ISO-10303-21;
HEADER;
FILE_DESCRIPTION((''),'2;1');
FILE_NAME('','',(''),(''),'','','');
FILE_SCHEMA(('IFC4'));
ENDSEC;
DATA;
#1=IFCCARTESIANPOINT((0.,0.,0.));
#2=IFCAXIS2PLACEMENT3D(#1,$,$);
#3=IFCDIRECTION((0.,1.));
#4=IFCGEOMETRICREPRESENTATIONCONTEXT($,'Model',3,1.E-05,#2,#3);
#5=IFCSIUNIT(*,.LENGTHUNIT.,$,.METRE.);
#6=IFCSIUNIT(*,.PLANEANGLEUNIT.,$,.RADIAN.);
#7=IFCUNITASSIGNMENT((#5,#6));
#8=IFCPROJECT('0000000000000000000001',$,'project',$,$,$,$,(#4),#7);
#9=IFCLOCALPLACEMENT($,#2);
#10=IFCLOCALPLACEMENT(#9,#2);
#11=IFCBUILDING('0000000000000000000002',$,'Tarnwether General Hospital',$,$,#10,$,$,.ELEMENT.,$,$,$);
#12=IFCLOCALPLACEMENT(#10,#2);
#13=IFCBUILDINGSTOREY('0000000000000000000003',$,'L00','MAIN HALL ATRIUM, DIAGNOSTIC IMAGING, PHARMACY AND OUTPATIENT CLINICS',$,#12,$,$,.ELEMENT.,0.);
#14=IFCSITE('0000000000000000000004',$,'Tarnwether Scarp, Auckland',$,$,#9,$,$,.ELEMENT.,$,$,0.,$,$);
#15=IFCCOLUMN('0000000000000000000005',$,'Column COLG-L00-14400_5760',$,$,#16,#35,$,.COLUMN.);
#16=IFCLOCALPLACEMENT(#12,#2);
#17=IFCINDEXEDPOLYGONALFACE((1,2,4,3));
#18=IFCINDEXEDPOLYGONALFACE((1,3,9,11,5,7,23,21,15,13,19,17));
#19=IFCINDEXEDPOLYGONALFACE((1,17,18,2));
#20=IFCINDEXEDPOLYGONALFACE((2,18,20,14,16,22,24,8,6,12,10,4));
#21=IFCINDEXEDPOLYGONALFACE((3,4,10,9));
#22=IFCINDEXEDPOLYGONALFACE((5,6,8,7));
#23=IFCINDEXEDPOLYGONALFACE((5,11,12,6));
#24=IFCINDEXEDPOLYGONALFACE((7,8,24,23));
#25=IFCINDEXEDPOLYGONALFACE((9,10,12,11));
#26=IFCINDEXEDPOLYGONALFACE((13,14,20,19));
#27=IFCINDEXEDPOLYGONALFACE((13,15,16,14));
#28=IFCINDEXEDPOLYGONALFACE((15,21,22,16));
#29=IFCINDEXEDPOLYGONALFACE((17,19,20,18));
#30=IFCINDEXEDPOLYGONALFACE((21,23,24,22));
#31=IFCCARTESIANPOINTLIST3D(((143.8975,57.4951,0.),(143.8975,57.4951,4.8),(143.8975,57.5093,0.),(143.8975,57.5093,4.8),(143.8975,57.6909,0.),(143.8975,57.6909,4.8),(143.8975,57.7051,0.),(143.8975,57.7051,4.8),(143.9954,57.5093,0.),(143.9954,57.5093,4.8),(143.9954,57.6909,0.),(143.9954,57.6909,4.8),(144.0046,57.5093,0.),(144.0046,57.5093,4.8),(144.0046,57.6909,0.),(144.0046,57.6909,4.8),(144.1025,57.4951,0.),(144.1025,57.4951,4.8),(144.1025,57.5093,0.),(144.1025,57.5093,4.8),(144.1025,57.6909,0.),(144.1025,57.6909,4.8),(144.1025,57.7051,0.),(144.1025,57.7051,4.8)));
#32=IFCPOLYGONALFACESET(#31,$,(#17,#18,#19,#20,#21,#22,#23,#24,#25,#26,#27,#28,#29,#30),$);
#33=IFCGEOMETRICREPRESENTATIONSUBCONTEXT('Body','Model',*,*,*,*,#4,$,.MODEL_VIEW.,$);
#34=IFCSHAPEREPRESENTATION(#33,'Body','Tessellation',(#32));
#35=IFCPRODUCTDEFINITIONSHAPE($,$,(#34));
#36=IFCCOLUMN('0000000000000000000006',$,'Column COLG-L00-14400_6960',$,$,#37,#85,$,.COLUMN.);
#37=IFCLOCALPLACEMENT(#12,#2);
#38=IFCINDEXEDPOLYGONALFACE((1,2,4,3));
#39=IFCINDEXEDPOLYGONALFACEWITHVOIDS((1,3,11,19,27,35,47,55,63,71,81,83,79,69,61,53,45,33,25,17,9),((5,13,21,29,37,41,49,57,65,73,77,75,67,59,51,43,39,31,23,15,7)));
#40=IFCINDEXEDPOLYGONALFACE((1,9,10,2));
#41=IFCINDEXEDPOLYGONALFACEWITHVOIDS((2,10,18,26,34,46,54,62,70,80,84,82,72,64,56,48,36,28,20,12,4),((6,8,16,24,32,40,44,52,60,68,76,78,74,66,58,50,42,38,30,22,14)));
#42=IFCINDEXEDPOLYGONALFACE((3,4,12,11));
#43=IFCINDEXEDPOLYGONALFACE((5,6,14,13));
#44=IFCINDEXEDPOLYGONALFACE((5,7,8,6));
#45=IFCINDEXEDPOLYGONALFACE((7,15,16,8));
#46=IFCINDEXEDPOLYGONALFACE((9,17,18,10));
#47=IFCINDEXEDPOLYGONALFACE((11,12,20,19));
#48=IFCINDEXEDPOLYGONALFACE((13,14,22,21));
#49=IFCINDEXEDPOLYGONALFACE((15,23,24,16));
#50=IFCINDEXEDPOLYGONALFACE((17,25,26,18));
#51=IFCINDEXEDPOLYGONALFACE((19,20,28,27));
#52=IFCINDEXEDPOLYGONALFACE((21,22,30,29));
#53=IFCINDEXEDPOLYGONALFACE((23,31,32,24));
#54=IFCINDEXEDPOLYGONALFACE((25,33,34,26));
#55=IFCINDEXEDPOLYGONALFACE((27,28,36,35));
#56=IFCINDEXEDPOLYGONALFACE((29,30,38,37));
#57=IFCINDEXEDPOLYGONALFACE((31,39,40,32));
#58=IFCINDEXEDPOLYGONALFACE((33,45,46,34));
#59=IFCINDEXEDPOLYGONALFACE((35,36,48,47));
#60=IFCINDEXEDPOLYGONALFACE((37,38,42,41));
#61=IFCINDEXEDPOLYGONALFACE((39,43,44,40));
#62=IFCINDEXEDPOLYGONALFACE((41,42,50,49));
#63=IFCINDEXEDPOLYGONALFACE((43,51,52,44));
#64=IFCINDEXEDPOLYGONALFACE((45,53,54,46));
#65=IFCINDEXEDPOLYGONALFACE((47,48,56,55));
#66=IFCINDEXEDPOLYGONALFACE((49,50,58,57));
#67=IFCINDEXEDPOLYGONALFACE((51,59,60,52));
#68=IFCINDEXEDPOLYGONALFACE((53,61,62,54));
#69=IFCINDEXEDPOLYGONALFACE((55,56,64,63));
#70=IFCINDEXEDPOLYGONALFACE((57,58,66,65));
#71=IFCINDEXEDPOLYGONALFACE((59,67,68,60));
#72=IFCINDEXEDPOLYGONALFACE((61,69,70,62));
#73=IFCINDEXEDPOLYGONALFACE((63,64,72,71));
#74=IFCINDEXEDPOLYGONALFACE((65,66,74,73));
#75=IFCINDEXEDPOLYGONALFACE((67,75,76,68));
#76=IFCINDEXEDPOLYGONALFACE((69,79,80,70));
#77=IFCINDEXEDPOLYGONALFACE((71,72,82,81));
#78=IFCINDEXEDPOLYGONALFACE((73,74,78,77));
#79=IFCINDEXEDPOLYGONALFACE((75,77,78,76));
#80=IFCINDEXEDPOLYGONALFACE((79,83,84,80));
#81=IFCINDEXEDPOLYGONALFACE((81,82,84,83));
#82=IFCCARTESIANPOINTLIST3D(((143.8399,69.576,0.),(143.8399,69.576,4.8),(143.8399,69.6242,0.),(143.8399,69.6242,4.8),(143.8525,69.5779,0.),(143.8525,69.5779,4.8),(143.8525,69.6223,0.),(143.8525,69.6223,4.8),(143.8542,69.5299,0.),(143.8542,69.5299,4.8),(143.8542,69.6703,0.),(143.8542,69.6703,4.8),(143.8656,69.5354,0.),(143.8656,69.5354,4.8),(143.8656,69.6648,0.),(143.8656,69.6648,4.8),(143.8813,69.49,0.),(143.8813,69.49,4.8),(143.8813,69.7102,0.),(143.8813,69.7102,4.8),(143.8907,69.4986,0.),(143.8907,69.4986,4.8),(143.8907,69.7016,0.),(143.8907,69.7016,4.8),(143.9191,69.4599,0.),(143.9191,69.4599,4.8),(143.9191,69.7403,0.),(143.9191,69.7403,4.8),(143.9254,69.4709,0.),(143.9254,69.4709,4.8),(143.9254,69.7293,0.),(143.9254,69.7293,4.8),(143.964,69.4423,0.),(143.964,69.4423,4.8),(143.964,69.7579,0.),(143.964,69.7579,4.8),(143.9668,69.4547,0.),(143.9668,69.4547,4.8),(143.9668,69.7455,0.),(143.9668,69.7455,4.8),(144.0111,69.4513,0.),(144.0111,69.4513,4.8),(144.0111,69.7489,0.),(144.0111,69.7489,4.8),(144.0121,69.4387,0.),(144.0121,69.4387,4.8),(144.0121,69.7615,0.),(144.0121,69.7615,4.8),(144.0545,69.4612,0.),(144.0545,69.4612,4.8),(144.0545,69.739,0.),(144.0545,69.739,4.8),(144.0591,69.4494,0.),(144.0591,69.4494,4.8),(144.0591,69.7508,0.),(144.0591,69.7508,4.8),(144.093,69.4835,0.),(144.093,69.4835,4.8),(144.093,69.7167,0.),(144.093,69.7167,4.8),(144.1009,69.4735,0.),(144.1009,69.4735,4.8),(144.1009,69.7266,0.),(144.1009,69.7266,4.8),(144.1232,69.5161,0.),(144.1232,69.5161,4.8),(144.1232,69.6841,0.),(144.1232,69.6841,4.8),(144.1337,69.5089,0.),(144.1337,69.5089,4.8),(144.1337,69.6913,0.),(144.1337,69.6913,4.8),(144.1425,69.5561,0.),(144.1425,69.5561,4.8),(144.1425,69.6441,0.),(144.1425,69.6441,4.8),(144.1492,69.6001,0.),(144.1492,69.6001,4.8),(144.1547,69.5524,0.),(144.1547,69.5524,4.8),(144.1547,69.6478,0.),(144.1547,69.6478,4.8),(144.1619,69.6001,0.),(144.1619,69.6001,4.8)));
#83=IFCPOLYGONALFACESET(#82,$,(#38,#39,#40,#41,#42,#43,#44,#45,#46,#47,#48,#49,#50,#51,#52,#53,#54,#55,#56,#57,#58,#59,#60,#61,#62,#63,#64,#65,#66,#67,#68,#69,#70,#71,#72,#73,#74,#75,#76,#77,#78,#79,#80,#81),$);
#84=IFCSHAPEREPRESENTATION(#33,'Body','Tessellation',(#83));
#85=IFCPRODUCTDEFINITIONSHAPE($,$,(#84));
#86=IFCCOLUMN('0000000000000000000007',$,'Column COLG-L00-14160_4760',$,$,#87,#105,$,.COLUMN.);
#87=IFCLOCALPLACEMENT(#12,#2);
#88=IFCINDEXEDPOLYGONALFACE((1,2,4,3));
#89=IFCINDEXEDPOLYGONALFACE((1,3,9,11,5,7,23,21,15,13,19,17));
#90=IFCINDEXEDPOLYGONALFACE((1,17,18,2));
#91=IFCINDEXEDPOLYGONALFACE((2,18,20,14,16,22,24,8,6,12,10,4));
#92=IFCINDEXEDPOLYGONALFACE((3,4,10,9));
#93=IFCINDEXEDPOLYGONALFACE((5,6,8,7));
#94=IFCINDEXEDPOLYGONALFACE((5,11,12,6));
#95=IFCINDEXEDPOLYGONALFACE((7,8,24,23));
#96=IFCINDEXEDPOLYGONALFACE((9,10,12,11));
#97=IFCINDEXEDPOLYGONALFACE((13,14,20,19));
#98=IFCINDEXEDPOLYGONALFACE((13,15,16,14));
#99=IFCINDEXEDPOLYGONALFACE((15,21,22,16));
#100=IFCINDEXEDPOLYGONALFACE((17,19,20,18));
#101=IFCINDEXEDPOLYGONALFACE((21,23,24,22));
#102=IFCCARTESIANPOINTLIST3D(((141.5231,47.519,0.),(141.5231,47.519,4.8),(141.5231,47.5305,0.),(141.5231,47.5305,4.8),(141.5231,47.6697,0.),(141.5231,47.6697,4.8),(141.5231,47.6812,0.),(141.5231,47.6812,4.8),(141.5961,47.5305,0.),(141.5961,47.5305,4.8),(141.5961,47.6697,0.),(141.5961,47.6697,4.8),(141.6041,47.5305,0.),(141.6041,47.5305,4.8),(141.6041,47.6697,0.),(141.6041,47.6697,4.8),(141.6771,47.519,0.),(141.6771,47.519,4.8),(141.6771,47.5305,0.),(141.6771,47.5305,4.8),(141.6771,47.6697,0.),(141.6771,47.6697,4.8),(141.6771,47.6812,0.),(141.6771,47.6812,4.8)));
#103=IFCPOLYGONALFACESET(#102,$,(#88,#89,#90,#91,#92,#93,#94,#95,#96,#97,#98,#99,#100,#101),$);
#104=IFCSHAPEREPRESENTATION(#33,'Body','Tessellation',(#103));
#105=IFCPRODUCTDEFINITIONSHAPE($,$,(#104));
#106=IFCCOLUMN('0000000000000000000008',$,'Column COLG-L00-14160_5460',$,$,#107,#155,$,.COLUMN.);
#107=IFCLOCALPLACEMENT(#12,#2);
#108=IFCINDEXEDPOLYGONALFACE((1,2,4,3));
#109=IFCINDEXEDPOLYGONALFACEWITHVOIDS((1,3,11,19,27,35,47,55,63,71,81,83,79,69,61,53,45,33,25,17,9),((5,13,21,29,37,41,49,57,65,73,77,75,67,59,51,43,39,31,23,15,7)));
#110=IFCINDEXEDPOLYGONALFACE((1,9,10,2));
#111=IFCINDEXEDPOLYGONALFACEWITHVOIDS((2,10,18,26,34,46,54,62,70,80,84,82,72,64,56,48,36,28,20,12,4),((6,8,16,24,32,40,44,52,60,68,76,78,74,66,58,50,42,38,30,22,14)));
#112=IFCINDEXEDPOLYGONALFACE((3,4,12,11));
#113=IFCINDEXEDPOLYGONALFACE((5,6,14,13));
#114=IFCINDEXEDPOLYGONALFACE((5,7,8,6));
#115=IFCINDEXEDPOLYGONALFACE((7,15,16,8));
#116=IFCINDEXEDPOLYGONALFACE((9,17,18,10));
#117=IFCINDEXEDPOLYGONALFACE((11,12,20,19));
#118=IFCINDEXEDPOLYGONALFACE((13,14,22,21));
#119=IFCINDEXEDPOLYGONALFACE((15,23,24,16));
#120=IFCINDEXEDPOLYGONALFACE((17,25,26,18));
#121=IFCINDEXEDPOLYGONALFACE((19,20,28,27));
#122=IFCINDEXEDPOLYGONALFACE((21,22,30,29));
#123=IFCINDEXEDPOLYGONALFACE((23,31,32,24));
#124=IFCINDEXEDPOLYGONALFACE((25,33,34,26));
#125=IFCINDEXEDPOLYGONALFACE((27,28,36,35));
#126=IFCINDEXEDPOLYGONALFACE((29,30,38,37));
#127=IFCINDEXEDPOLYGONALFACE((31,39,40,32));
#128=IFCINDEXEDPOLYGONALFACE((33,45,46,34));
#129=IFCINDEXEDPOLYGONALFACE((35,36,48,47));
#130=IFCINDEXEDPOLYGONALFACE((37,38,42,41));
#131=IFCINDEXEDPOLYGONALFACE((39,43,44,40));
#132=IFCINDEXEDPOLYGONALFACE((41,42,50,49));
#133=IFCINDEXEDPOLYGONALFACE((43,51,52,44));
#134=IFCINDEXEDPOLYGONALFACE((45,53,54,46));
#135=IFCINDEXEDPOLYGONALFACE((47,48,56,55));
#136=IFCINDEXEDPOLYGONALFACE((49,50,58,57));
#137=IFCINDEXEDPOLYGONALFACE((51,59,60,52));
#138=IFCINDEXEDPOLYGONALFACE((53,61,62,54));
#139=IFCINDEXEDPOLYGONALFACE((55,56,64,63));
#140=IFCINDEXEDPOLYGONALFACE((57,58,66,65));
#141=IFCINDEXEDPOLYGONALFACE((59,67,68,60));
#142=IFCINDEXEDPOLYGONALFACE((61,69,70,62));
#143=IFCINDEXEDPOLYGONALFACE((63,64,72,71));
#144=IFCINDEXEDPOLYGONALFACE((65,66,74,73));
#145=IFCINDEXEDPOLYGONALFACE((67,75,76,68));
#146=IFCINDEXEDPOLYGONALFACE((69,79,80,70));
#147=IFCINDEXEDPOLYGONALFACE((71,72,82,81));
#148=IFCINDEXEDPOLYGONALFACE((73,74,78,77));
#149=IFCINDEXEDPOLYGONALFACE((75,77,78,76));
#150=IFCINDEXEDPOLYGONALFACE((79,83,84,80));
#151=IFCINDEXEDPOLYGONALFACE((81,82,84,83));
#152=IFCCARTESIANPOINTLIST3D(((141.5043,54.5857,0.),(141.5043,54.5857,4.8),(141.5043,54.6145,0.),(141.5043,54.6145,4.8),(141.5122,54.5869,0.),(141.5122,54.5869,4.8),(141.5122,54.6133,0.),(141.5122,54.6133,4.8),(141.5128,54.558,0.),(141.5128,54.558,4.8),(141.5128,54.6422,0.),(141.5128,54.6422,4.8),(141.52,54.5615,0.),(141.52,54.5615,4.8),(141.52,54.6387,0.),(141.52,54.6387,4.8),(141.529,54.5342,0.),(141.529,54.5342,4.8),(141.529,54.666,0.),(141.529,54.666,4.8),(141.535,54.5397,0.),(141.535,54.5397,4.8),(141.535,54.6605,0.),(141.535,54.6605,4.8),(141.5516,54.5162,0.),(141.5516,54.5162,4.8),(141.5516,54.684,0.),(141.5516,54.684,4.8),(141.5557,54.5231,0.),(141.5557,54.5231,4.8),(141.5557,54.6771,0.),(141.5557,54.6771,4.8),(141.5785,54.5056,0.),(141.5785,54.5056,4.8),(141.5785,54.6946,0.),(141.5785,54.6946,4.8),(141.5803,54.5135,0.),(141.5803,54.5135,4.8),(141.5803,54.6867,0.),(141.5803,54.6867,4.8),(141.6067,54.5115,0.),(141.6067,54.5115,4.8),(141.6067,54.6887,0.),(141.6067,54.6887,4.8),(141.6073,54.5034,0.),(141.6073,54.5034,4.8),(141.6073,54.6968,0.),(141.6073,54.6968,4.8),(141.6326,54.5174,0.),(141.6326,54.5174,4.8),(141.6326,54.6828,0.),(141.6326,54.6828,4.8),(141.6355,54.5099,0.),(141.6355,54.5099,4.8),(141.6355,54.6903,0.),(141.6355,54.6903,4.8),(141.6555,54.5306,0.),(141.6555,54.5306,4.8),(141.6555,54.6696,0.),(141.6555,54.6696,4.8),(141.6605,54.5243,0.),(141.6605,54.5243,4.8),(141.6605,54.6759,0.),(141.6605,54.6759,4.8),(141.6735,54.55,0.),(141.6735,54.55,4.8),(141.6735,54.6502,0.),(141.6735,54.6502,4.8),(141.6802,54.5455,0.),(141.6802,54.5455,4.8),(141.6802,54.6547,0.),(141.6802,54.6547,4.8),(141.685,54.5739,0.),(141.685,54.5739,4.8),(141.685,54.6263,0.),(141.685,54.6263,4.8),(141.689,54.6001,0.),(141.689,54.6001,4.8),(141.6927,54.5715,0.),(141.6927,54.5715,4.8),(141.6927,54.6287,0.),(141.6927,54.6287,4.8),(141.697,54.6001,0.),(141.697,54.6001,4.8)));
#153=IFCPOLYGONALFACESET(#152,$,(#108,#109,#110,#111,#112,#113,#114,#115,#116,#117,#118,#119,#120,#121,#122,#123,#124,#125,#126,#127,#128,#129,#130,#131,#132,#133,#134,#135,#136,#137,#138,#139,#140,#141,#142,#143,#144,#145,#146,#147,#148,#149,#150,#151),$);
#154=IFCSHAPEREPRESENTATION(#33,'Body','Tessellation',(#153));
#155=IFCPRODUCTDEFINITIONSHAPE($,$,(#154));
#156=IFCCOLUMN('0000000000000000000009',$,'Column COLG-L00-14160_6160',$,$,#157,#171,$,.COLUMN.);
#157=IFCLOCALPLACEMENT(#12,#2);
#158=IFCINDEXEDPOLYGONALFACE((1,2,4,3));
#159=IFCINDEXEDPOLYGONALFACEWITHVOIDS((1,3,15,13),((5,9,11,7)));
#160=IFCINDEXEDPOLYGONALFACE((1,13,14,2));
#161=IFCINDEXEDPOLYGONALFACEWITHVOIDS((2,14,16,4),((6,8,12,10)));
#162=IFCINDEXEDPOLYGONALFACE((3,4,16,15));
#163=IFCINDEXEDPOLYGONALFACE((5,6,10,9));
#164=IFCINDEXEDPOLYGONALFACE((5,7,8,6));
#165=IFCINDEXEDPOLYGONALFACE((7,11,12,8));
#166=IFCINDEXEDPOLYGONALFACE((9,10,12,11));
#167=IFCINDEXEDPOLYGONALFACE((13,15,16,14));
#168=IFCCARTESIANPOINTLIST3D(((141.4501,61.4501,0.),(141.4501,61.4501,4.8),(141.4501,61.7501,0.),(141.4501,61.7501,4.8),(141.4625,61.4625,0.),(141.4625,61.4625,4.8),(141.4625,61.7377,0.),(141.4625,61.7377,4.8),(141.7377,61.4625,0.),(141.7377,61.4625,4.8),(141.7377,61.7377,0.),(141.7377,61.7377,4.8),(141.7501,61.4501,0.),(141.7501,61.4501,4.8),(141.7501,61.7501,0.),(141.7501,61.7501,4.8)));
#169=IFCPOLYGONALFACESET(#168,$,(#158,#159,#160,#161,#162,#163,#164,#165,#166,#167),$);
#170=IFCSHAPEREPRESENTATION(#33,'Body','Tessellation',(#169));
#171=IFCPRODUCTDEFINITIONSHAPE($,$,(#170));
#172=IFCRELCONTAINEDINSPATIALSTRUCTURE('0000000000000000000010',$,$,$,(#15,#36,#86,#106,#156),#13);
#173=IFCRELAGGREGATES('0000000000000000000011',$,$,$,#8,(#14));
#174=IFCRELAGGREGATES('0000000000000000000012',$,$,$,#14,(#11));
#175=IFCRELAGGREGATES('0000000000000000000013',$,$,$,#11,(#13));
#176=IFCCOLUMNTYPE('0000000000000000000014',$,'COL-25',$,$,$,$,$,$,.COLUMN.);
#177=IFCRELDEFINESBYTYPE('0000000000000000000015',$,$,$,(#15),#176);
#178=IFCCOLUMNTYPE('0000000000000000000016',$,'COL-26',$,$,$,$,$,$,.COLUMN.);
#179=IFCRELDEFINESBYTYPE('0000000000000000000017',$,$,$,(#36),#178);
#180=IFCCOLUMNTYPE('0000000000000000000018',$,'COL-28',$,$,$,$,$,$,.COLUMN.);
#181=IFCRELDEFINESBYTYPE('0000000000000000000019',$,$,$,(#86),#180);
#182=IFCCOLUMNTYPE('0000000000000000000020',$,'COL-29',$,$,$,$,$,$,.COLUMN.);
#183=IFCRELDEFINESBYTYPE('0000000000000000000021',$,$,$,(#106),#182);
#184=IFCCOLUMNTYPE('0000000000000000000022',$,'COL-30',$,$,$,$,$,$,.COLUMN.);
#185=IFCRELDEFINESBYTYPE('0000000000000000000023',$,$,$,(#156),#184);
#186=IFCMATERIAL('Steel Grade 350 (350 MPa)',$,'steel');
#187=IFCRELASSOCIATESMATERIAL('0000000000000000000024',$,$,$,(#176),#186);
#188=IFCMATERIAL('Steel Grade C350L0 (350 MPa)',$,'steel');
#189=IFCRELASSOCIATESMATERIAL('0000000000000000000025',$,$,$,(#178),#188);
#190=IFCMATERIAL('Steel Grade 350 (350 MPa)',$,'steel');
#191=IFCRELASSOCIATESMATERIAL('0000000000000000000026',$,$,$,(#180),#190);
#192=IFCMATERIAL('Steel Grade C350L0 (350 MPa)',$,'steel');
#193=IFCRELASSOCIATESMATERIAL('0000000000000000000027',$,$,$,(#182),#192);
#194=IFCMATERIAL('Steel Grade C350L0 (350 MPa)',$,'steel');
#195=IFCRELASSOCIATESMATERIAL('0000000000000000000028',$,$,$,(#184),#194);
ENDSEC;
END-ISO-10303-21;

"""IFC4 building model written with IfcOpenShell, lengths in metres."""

from ifc_helpers import new_model, si_unit, direction, frame, origin, origin_2d, place, context, subcontext, project, spatial, hollow_rectangle, hollow_circle, i_section, extrude, material, material_profile, profile_set, type_object, element, save


model = new_model("IFC4")

# Units and contexts
model_context = context("Model", 3, precision=1e-05, world=origin(), true_north=direction((0.0, 1.0)))
body_context = subcontext(model_context, "Body", "Model", "MODEL_VIEW")
ifc_project = project(units=[si_unit("LENGTHUNIT", "METRE"), si_unit("PLANEANGLEUNIT", "RADIAN")], contexts=[model_context])

# Site, building, storey
site_placement = place(None, origin())
site = spatial("IfcSite", under=ifc_project, at=site_placement, Name="Tarnwether Scarp, Auckland", CompositionType="ELEMENT", RefElevation=0.0)
building_placement = place(site_placement, origin())
building = spatial("IfcBuilding", under=site, at=building_placement, Name="Tarnwether General Hospital", CompositionType="ELEMENT")
storey_placement = place(building_placement, origin())
storey = spatial("IfcBuildingStorey", under=building, at=storey_placement, Name="L00", Description="MAIN HALL ATRIUM, DIAGNOSTIC IMAGING, PHARMACY AND OUTPATIENT CLINICS", CompositionType="ELEMENT", Elevation=0.0)

# Columns
ifc_material_1 = material(Name="Steel Grade 350 (350 MPa)", Category="steel")
ifc_material_profile_1 = material_profile(ifc_material_1, i_section(OverallWidth=0.2051, OverallDepth=0.21, WebThickness=0.0093, FlangeThickness=0.0142, at=origin_2d()), Name="200UC59.5")
ifc_profile_set_1 = profile_set([ifc_material_profile_1], Name="Steel Grade 350 (350 MPa)")
column_type_1 = type_object("IfcColumnType", Name="COL-25", PredefinedType="COLUMN", material=ifc_profile_set_1)
column_1_placement = place(storey_placement, frame((144.0, 57.6001, 0.0), z_axis=(0.0, 0.0, 1.0), x_axis=(1.0, 0.0, 0.0)))
element("IfcColumn", 1, at=column_1_placement, inside=storey, type_object=column_type_1, Name="Column COLG-L00-14400_5760", PredefinedType="COLUMN", context=body_context, shape_type="SweptSolid", body=[
    extrude(i_section(OverallWidth=0.2051, OverallDepth=0.21, WebThickness=0.0093, FlangeThickness=0.0142, at=origin_2d()), origin(), (0.0, 0.0, 1.0), 4.8),
])
ifc_material_2 = material(Name="Steel Grade C350L0 (350 MPa)", Category="steel")
ifc_material_profile_2 = material_profile(ifc_material_2, hollow_circle(Radius=0.1619, WallThickness=0.0127, at=origin_2d()), Name="CHS323.9x12.7")
ifc_profile_set_2 = profile_set([ifc_material_profile_2], Name="Steel Grade C350L0 (350 MPa)")
column_type_2 = type_object("IfcColumnType", Name="COL-26", PredefinedType="COLUMN", material=ifc_profile_set_2)
column_2_placement = place(storey_placement, frame((144.0, 69.6001, 0.0), z_axis=(0.0, 0.0, 1.0), x_axis=(1.0, 0.0, 0.0)))
element("IfcColumn", 2, at=column_2_placement, inside=storey, type_object=column_type_2, Name="Column COLG-L00-14400_6960", PredefinedType="COLUMN", context=body_context, shape_type="SweptSolid", body=[
    extrude(hollow_circle(Radius=0.1619, WallThickness=0.0127, at=origin_2d()), origin(), (0.0, 0.0, 1.0), 4.8),
])
ifc_material_3 = material(Name="Steel Grade 350 (350 MPa)", Category="steel")
ifc_material_profile_3 = material_profile(ifc_material_3, i_section(OverallWidth=0.1541, OverallDepth=0.1621, WebThickness=0.0081, FlangeThickness=0.0115, at=origin_2d()), Name="150UC37.2")
ifc_profile_set_3 = profile_set([ifc_material_profile_3], Name="Steel Grade 350 (350 MPa)")
column_type_3 = type_object("IfcColumnType", Name="COL-28", PredefinedType="COLUMN", material=ifc_profile_set_3)
column_3_placement = place(storey_placement, frame((141.6001, 47.6001, 0.0), z_axis=(0.0, 0.0, 1.0), x_axis=(1.0, 0.0, 0.0)))
element("IfcColumn", 3, at=column_3_placement, inside=storey, type_object=column_type_3, Name="Column COLG-L00-14160_4760", PredefinedType="COLUMN", context=body_context, shape_type="SweptSolid", body=[
    extrude(i_section(OverallWidth=0.1541, OverallDepth=0.1621, WebThickness=0.0081, FlangeThickness=0.0115, at=origin_2d()), origin(), (0.0, 0.0, 1.0), 4.8),
])
ifc_material_4 = material(Name="Steel Grade C350L0 (350 MPa)", Category="steel")
ifc_material_profile_4 = material_profile(ifc_material_4, hollow_circle(Radius=0.0969, WallThickness=0.0081, at=origin_2d()), Name="CHS193.7x8.0")
ifc_profile_set_4 = profile_set([ifc_material_profile_4], Name="Steel Grade C350L0 (350 MPa)")
column_type_4 = type_object("IfcColumnType", Name="COL-29", PredefinedType="COLUMN", material=ifc_profile_set_4)
column_4_placement = place(storey_placement, frame((141.6001, 54.6001, 0.0), z_axis=(0.0, 0.0, 1.0), x_axis=(1.0, 0.0, 0.0)))
element("IfcColumn", 4, at=column_4_placement, inside=storey, type_object=column_type_4, Name="Column COLG-L00-14160_5460", PredefinedType="COLUMN", context=body_context, shape_type="SweptSolid", body=[
    extrude(hollow_circle(Radius=0.0969, WallThickness=0.0081, at=origin_2d()), origin(), (0.0, 0.0, 1.0), 4.8),
])
ifc_material_5 = material(Name="Steel Grade C350L0 (350 MPa)", Category="steel")
ifc_material_profile_5 = material_profile(ifc_material_5, hollow_rectangle(XDim=0.3, YDim=0.3, WallThickness=0.0125, at=origin_2d()), Name="SHS300x300x12.5")
ifc_profile_set_5 = profile_set([ifc_material_profile_5], Name="Steel Grade C350L0 (350 MPa)")
column_type_5 = type_object("IfcColumnType", Name="COL-30", PredefinedType="COLUMN", material=ifc_profile_set_5)
column_5_placement = place(storey_placement, frame((141.6001, 61.6001, 0.0), z_axis=(0.0, 0.0, 1.0), x_axis=(1.0, 0.0, 0.0)))
element("IfcColumn", 5, at=column_5_placement, inside=storey, type_object=column_type_5, Name="Column COLG-L00-14160_6160", PredefinedType="COLUMN", context=body_context, shape_type="SweptSolid", body=[
    extrude(hollow_rectangle(XDim=0.3, YDim=0.3, WallThickness=0.0125, at=origin_2d()), origin(), (0.0, 0.0, 1.0), 4.8),
])

save(model, "model.ifc")
